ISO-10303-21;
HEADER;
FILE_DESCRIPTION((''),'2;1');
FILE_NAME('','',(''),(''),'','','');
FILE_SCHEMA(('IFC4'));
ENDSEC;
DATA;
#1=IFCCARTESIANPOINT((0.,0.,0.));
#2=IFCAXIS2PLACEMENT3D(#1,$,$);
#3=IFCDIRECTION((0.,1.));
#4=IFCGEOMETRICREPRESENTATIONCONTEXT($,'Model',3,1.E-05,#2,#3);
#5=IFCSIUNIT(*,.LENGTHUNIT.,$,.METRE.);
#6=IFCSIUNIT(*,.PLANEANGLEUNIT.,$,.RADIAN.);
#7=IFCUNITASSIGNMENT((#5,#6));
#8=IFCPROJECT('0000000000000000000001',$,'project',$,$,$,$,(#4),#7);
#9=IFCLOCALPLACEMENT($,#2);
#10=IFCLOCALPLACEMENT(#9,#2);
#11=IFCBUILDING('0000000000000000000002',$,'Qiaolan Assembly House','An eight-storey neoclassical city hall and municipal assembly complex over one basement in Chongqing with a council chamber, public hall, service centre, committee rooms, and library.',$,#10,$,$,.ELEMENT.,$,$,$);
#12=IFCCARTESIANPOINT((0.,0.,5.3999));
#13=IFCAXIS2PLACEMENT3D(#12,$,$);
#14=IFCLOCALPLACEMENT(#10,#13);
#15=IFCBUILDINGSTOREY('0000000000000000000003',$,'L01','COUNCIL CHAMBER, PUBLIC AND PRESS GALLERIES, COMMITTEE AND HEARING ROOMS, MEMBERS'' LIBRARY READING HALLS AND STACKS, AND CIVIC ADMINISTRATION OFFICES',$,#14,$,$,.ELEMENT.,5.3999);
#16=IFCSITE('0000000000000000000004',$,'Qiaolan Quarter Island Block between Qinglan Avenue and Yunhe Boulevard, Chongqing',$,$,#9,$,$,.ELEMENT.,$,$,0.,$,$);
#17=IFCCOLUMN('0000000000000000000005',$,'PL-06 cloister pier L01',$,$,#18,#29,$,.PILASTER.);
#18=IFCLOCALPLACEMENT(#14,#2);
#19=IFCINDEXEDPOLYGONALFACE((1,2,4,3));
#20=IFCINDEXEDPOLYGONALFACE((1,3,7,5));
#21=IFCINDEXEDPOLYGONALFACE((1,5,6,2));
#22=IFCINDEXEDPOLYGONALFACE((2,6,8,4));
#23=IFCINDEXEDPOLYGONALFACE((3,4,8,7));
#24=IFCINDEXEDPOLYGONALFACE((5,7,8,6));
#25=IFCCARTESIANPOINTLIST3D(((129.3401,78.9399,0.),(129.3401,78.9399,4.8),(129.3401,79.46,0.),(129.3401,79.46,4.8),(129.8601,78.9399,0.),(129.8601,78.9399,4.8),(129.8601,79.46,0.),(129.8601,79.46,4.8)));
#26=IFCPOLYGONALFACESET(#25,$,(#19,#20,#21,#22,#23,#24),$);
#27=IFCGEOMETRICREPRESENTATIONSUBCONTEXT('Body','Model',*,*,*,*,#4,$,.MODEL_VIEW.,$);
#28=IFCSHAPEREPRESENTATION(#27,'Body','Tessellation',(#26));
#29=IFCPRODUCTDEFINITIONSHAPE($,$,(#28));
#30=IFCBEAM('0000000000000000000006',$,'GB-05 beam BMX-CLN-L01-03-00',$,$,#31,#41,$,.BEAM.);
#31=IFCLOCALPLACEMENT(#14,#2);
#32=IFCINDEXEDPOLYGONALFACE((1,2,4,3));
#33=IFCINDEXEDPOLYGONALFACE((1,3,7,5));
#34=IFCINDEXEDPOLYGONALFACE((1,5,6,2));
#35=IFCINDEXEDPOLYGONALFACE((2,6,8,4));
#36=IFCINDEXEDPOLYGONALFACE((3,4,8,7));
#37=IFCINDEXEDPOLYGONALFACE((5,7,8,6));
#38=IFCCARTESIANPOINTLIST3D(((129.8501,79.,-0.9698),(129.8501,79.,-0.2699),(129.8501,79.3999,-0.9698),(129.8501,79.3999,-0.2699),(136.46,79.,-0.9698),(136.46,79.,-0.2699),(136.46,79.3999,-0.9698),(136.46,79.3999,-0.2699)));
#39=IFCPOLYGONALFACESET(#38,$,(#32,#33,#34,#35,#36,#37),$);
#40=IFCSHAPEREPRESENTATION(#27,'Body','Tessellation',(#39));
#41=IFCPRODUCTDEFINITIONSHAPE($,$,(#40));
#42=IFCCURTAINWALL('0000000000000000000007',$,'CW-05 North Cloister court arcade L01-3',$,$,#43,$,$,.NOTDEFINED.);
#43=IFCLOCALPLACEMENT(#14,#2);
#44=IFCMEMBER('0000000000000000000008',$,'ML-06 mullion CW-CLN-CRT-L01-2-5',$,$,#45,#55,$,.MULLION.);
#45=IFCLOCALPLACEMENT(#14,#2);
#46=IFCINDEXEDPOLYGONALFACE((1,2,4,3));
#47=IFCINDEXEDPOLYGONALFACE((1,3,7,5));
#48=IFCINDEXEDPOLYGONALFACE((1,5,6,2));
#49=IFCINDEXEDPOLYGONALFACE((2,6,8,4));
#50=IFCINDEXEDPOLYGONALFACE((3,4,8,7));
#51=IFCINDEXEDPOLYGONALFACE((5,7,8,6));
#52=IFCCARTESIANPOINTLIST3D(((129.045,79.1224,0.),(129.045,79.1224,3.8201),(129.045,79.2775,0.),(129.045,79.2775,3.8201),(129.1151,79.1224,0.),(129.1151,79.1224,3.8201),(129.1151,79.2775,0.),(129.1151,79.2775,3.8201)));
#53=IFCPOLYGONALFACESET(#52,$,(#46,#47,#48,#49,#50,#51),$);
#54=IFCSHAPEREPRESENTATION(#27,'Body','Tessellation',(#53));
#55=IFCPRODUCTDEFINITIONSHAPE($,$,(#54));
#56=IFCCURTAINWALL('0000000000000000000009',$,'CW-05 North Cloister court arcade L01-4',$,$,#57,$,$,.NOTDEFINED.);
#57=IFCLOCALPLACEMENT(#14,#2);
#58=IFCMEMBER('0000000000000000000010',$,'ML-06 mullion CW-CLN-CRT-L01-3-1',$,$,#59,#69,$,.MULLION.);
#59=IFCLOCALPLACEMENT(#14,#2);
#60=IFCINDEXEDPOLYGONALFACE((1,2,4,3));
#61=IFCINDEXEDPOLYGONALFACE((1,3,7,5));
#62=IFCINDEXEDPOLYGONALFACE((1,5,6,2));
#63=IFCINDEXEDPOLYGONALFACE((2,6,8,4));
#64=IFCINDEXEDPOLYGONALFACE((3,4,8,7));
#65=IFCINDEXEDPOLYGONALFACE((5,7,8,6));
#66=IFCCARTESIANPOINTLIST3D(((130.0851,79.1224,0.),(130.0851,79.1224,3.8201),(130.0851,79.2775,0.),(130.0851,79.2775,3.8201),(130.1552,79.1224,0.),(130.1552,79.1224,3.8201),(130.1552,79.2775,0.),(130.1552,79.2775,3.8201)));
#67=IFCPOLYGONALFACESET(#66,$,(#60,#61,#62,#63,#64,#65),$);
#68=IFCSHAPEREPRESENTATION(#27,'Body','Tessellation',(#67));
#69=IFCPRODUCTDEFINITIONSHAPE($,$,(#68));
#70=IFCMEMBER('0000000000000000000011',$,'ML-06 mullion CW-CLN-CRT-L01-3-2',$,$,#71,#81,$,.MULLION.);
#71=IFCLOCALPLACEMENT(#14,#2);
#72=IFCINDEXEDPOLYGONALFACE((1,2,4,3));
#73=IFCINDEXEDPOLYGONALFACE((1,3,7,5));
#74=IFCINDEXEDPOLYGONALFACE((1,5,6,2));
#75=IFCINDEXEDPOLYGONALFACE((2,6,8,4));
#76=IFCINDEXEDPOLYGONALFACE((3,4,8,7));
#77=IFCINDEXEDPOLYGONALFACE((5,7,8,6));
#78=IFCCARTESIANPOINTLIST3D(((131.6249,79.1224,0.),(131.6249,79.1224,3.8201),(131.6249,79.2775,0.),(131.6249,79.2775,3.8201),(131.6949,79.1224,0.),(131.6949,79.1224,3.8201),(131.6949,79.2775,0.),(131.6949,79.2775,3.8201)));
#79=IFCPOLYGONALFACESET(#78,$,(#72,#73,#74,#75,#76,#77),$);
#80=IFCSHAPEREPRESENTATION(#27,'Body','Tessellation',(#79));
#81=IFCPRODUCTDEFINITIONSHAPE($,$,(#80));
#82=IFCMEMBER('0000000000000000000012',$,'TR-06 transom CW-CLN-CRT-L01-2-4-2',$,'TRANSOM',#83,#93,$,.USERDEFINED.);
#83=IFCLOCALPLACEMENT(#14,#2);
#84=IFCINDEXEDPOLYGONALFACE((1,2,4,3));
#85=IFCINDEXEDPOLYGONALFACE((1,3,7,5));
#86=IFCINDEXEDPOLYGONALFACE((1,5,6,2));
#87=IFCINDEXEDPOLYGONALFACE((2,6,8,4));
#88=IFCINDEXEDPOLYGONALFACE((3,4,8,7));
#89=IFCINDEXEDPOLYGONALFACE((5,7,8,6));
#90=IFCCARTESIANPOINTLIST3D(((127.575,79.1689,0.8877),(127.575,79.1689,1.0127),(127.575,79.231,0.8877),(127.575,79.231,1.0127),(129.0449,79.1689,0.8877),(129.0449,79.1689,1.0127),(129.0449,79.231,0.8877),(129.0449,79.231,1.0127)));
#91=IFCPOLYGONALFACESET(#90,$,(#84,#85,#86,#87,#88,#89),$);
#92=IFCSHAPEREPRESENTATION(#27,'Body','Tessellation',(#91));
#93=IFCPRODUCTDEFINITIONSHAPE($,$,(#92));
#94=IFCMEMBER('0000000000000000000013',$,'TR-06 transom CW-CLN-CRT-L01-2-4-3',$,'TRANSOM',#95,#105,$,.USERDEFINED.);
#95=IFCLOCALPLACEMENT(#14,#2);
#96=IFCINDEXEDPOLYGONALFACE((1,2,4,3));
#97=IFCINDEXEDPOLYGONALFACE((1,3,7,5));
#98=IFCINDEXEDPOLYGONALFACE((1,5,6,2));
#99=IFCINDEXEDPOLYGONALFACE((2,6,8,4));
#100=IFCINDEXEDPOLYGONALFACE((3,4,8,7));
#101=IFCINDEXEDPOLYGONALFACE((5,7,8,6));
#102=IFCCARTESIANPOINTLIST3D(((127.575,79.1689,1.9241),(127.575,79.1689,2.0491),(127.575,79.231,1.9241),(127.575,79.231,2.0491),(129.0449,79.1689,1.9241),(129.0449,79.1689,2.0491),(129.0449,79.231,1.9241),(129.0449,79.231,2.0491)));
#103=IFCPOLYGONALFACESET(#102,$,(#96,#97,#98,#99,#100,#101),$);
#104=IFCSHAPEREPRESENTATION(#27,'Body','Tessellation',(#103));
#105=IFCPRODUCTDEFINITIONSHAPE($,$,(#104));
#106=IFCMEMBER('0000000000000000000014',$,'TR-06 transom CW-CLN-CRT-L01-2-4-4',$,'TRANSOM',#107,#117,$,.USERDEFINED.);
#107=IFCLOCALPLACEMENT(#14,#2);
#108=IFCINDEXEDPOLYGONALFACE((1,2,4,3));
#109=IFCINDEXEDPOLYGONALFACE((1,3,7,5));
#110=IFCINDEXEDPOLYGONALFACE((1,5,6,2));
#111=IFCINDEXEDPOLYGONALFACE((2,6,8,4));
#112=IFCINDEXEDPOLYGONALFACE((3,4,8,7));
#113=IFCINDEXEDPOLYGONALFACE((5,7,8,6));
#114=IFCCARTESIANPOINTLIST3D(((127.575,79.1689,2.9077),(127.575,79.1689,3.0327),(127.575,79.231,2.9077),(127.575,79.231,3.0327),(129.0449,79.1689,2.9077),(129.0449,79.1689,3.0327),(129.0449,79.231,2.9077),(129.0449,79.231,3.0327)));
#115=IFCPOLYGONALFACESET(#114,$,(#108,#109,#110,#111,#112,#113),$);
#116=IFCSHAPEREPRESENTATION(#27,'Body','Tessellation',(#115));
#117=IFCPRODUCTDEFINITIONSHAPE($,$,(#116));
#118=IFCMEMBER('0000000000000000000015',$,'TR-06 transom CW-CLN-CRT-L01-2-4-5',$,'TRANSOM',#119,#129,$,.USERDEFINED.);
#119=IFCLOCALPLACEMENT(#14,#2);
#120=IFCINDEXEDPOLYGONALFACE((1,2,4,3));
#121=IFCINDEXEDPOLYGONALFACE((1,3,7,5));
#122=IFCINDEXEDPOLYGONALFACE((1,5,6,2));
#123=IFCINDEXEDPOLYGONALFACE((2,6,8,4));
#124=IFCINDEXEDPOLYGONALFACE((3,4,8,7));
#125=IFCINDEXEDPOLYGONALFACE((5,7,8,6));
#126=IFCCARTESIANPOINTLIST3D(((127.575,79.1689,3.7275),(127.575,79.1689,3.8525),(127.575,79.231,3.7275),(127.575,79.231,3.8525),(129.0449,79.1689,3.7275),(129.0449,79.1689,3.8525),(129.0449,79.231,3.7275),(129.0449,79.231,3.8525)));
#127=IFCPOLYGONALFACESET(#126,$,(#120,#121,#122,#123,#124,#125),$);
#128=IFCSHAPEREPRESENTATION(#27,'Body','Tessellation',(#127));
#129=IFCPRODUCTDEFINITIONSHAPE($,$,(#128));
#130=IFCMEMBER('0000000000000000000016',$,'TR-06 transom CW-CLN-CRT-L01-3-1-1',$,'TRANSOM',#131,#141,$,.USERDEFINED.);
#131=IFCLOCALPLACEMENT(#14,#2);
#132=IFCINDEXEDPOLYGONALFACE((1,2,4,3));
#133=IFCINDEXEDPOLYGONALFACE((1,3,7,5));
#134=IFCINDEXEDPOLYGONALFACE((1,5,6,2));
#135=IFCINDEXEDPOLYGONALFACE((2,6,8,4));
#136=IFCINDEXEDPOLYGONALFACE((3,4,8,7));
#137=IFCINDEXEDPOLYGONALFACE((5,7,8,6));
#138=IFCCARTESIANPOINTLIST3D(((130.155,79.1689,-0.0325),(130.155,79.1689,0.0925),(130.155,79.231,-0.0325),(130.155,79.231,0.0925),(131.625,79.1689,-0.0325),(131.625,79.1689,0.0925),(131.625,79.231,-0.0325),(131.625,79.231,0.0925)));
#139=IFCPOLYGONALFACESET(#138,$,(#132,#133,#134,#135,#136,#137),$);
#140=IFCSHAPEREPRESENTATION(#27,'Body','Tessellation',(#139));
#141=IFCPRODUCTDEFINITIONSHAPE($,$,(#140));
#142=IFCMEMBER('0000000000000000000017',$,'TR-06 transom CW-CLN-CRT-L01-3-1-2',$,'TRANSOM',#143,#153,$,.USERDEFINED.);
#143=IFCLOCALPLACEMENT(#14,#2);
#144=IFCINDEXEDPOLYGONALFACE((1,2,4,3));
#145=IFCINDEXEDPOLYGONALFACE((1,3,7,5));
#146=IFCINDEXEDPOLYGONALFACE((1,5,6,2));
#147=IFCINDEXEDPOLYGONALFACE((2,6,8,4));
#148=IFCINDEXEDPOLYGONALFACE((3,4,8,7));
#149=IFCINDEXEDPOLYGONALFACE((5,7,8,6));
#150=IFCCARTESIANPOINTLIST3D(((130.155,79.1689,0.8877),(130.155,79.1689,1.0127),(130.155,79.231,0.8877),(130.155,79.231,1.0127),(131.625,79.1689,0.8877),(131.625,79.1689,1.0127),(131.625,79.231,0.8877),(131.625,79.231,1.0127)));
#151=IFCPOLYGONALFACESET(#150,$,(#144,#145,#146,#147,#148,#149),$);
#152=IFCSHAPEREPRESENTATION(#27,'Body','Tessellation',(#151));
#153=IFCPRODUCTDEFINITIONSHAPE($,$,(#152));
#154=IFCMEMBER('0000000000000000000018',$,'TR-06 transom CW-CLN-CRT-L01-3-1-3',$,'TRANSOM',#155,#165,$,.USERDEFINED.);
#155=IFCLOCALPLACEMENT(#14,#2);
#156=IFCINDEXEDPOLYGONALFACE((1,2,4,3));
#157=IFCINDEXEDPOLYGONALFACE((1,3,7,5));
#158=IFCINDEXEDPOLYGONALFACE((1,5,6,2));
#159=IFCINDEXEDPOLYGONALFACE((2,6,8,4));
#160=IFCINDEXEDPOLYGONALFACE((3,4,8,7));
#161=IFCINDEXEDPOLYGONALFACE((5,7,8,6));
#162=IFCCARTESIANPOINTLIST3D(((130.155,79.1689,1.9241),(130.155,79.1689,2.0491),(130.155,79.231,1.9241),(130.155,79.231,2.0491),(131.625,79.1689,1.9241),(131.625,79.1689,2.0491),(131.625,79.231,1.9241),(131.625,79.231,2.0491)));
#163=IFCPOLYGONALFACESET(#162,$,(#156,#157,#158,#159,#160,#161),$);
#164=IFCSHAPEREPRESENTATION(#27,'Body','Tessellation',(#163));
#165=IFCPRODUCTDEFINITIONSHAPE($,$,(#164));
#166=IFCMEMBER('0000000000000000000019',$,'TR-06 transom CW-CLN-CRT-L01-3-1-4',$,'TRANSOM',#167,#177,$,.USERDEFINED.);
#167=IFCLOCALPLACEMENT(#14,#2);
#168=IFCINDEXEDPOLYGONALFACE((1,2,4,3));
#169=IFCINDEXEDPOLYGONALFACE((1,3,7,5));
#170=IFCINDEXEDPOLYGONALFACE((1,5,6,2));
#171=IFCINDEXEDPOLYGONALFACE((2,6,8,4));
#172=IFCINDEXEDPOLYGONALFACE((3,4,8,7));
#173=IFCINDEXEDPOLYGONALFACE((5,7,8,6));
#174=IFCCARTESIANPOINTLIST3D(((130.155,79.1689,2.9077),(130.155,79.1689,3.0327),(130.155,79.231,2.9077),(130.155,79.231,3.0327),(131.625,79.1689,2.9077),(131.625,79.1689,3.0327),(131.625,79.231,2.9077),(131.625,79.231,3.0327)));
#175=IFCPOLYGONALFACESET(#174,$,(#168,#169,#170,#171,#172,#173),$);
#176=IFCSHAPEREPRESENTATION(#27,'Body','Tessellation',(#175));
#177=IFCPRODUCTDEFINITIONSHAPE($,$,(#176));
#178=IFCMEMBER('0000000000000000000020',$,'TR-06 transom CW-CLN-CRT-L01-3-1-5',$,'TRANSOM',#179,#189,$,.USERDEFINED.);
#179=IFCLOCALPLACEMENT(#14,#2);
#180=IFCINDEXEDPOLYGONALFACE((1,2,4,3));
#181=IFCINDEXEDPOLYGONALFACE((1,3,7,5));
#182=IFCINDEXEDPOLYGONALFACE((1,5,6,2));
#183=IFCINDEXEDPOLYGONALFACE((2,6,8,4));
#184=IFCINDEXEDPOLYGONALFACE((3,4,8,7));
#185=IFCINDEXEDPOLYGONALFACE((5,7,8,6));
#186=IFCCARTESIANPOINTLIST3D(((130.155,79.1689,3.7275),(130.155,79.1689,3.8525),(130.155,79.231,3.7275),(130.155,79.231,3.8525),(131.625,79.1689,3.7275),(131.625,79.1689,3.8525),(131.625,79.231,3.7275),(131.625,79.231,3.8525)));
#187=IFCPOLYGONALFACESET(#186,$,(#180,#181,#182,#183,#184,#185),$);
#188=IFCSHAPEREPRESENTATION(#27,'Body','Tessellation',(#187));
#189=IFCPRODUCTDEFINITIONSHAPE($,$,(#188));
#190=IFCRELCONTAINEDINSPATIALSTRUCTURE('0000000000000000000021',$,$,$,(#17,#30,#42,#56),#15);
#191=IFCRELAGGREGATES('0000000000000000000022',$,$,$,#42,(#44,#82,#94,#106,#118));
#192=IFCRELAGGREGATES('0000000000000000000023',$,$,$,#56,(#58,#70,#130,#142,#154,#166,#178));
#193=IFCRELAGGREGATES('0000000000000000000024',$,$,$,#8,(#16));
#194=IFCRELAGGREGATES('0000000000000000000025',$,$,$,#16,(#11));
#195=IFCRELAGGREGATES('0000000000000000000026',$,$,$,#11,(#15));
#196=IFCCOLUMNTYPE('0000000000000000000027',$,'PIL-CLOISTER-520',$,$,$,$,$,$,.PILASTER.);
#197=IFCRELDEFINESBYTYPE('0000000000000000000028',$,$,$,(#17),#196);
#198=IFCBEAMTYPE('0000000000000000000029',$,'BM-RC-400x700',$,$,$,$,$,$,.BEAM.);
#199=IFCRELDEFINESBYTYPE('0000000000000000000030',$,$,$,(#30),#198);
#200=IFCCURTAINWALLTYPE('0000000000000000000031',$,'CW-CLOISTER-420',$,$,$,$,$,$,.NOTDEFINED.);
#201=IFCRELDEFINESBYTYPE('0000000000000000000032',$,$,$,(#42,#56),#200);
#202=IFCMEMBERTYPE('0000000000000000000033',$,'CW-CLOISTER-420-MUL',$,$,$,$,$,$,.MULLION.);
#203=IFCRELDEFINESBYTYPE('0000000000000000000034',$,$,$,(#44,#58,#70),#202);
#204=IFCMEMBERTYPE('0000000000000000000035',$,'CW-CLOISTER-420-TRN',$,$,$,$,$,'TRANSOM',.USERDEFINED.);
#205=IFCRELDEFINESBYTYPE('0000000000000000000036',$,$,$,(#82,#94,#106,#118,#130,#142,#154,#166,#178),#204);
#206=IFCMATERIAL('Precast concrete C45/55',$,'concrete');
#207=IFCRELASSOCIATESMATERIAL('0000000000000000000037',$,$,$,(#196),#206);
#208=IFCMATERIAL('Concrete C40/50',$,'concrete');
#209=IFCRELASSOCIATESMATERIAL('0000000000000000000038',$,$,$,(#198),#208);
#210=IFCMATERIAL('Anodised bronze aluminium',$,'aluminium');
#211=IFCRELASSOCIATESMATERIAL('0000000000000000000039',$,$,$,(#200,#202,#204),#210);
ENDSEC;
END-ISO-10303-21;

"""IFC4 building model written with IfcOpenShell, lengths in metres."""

from ifc_helpers import new_model, si_unit, direction, frame, origin, origin_2d, place, context, subcontext, project, spatial, rectangle, extrude, material, material_profile, profile_set, type_object, element, aggregate, save


model = new_model("IFC4")

# Units and contexts
model_context = context("Model", 3, precision=1e-05, world=origin(), true_north=direction((0.0, 1.0)))
body_context = subcontext(model_context, "Body", "Model", "MODEL_VIEW")
ifc_project = project(units=[si_unit("LENGTHUNIT", "METRE"), si_unit("PLANEANGLEUNIT", "RADIAN")], contexts=[model_context])

# Site, building, storey
site_placement = place(None, origin())
site = spatial("IfcSite", under=ifc_project, at=site_placement, Name="Qiaolan Quarter Island Block between Qinglan Avenue and Yunhe Boulevard, Chongqing", CompositionType="ELEMENT", RefElevation=0.0)
building_placement = place(site_placement, origin())
building = spatial("IfcBuilding", under=site, at=building_placement, Name="Qiaolan Assembly House", Description="An eight-storey neoclassical city hall and municipal assembly complex over one basement in Chongqing with a council chamber, public hall, service centre, committee rooms, and library.", CompositionType="ELEMENT")
storey_placement = place(building_placement, frame((0.0, 0.0, 5.3999)))
storey = spatial("IfcBuildingStorey", under=building, at=storey_placement, Name="L01", Description="COUNCIL CHAMBER, PUBLIC AND PRESS GALLERIES, COMMITTEE AND HEARING ROOMS, MEMBERS' LIBRARY READING HALLS AND STACKS, AND CIVIC ADMINISTRATION OFFICES", CompositionType="ELEMENT", Elevation=5.3999)

# Column
ifc_material_1 = material(Name="Precast concrete C45/55", Category="concrete")
ifc_material_profile_1 = material_profile(ifc_material_1, rectangle(XDim=0.52, YDim=0.52, at=origin_2d()), Name="PIL 520x520")
ifc_profile_set_1 = profile_set([ifc_material_profile_1], Name="Precast concrete C45/55")
column_type = type_object("IfcColumnType", Name="PIL-CLOISTER-520", PredefinedType="PILASTER", material=ifc_profile_set_1)
column_placement = place(storey_placement, frame((129.6001, 79.2, 0.0), z_axis=(0.0, 0.0, 1.0), x_axis=(1.0, 0.0, 0.0)))
element("IfcColumn", 1, at=column_placement, inside=storey, type_object=column_type, Name="PL-06 cloister pier L01", PredefinedType="PILASTER", context=body_context, shape_type="SweptSolid", body=[
    extrude(rectangle(XDim=0.52, YDim=0.52, at=origin_2d()), origin(), (0.0, 0.0, 1.0), 4.8),
])

# Beam
ifc_material_2 = material(Name="Concrete C40/50", Category="concrete")
ifc_material_profile_2 = material_profile(ifc_material_2, rectangle(XDim=0.3999, YDim=0.7, at=origin_2d()), Name="RCB 400x700")
ifc_profile_set_2 = profile_set([ifc_material_profile_2], Name="Concrete C40/50")
beam_type = type_object("IfcBeamType", Name="BM-RC-400x700", PredefinedType="BEAM", material=ifc_profile_set_2)
beam_placement = place(storey_placement, frame((129.8501, 79.2, -0.6199), z_axis=(1.0, 0.0, 0.0), x_axis=(0.0, 1.0, 0.0)))
element("IfcBeam", 2, at=beam_placement, inside=storey, type_object=beam_type, Name="GB-05 beam BMX-CLN-L01-03-00", PredefinedType="BEAM", context=body_context, shape_type="SweptSolid", body=[
    extrude(rectangle(XDim=0.3999, YDim=0.7, at=origin_2d()), origin(), (0.0, 0.0, 1.0), 6.6099),
])

# Curtain wall, member
ifc_material_3 = material(Name="Anodised bronze aluminium", Category="aluminium")
curtain_wall_type = type_object("IfcCurtainWallType", Name="CW-CLOISTER-420", PredefinedType="NOTDEFINED", material=ifc_material_3)
curtain_wall_1_placement = place(storey_placement, origin())
curtain_wall_1 = element("IfcCurtainWall", 3, at=curtain_wall_1_placement, inside=storey, type_object=curtain_wall_type, Name="CW-05 North Cloister court arcade L01-3", PredefinedType="NOTDEFINED")
ifc_material_profile_3 = material_profile(ifc_material_3, rectangle(XDim=0.0701, YDim=0.155, at=origin_2d()), Name="MUL 70x155")
ifc_profile_set_3 = profile_set([ifc_material_profile_3], Name="Anodised bronze aluminium")
member_type_1 = type_object("IfcMemberType", Name="CW-CLOISTER-420-MUL", PredefinedType="MULLION", material=ifc_profile_set_3)
member_1_placement = place(storey_placement, frame((129.0801, 79.2, 0.0), z_axis=(0.0, 0.0, 1.0), x_axis=(1.0, 0.0, 0.0)))
member_1 = element("IfcMember", 4, at=member_1_placement, type_object=member_type_1, Name="ML-06 mullion CW-CLN-CRT-L01-2-5", PredefinedType="MULLION", context=body_context, shape_type="SweptSolid", body=[
    extrude(rectangle(XDim=0.0701, YDim=0.155, at=origin_2d()), origin(), (0.0, 0.0, 1.0), 3.8201),
])

# Curtain wall, members
curtain_wall_2_placement = place(storey_placement, origin())
curtain_wall_2 = element("IfcCurtainWall", 5, at=curtain_wall_2_placement, inside=storey, type_object=curtain_wall_type, Name="CW-05 North Cloister court arcade L01-4", PredefinedType="NOTDEFINED")
member_2_placement = place(storey_placement, frame((130.1201, 79.2, 0.0), z_axis=(0.0, 0.0, 1.0), x_axis=(1.0, 0.0, 0.0)))
member_2 = element("IfcMember", 6, at=member_2_placement, type_object=member_type_1, Name="ML-06 mullion CW-CLN-CRT-L01-3-1", PredefinedType="MULLION", context=body_context, shape_type="SweptSolid", body=[
    extrude(rectangle(XDim=0.0701, YDim=0.155, at=origin_2d()), origin(), (0.0, 0.0, 1.0), 3.8201),
])
member_3_placement = place(storey_placement, frame((131.6599, 79.2, 0.0), z_axis=(0.0, 0.0, 1.0), x_axis=(1.0, 0.0, 0.0)))
member_3 = element("IfcMember", 7, at=member_3_placement, type_object=member_type_1, Name="ML-06 mullion CW-CLN-CRT-L01-3-2", PredefinedType="MULLION", context=body_context, shape_type="SweptSolid", body=[
    extrude(rectangle(XDim=0.0701, YDim=0.155, at=origin_2d()), origin(), (0.0, 0.0, 1.0), 3.8201),
])

# Members
ifc_material_profile_4 = material_profile(ifc_material_3, rectangle(XDim=0.062, YDim=0.125, at=origin_2d()), Name="TRN 62x125")
ifc_profile_set_4 = profile_set([ifc_material_profile_4], Name="Anodised bronze aluminium")
member_type_2 = type_object("IfcMemberType", Name="CW-CLOISTER-420-TRN", ElementType="TRANSOM", PredefinedType="USERDEFINED", material=ifc_profile_set_4)
member_4_placement = place(storey_placement, frame((127.575, 79.2, 0.9502), z_axis=(1.0, 0.0, 0.0), x_axis=(0.0, 1.0, 0.0)))
member_4 = element("IfcMember", 8, at=member_4_placement, type_object=member_type_2, Name="TR-06 transom CW-CLN-CRT-L01-2-4-2", ObjectType="TRANSOM", PredefinedType="USERDEFINED", context=body_context, shape_type="SweptSolid", body=[
    extrude(rectangle(XDim=0.062, YDim=0.125, at=origin_2d()), origin(), (0.0, 0.0, 1.0), 1.47),
])
member_5_placement = place(storey_placement, frame((127.575, 79.2, 1.9866), z_axis=(1.0, 0.0, 0.0), x_axis=(0.0, 1.0, 0.0)))
member_5 = element("IfcMember", 9, at=member_5_placement, type_object=member_type_2, Name="TR-06 transom CW-CLN-CRT-L01-2-4-3", ObjectType="TRANSOM", PredefinedType="USERDEFINED", context=body_context, shape_type="SweptSolid", body=[
    extrude(rectangle(XDim=0.062, YDim=0.125, at=origin_2d()), origin(), (0.0, 0.0, 1.0), 1.47),
])
member_6_placement = place(storey_placement, frame((127.575, 79.2, 2.9702), z_axis=(1.0, 0.0, 0.0), x_axis=(0.0, 1.0, 0.0)))
member_6 = element("IfcMember", 10, at=member_6_placement, type_object=member_type_2, Name="TR-06 transom CW-CLN-CRT-L01-2-4-4", ObjectType="TRANSOM", PredefinedType="USERDEFINED", context=body_context, shape_type="SweptSolid", body=[
    extrude(rectangle(XDim=0.062, YDim=0.125, at=origin_2d()), origin(), (0.0, 0.0, 1.0), 1.47),
])
member_7_placement = place(storey_placement, frame((127.575, 79.2, 3.79), z_axis=(1.0, 0.0, 0.0), x_axis=(0.0, 1.0, 0.0)))
member_7 = element("IfcMember", 11, at=member_7_placement, type_object=member_type_2, Name="TR-06 transom CW-CLN-CRT-L01-2-4-5", ObjectType="TRANSOM", PredefinedType="USERDEFINED", context=body_context, shape_type="SweptSolid", body=[
    extrude(rectangle(XDim=0.062, YDim=0.125, at=origin_2d()), origin(), (0.0, 0.0, 1.0), 1.47),
])
aggregate(curtain_wall_1, [member_1, member_4, member_5, member_6, member_7])
member_8_placement = place(storey_placement, frame((130.155, 79.2, 0.03), z_axis=(1.0, 0.0, 0.0), x_axis=(0.0, 1.0, 0.0)))
member_8 = element("IfcMember", 12, at=member_8_placement, type_object=member_type_2, Name="TR-06 transom CW-CLN-CRT-L01-3-1-1", ObjectType="TRANSOM", PredefinedType="USERDEFINED", context=body_context, shape_type="SweptSolid", body=[
    extrude(rectangle(XDim=0.062, YDim=0.125, at=origin_2d()), origin(), (0.0, 0.0, 1.0), 1.47),
])
member_9_placement = place(storey_placement, frame((130.155, 79.2, 0.9502), z_axis=(1.0, 0.0, 0.0), x_axis=(0.0, 1.0, 0.0)))
member_9 = element("IfcMember", 13, at=member_9_placement, type_object=member_type_2, Name="TR-06 transom CW-CLN-CRT-L01-3-1-2", ObjectType="TRANSOM", PredefinedType="USERDEFINED", context=body_context, shape_type="SweptSolid", body=[
    extrude(rectangle(XDim=0.062, YDim=0.125, at=origin_2d()), origin(), (0.0, 0.0, 1.0), 1.47),
])
member_10_placement = place(storey_placement, frame((130.155, 79.2, 1.9866), z_axis=(1.0, 0.0, 0.0), x_axis=(0.0, 1.0, 0.0)))
member_10 = element("IfcMember", 14, at=member_10_placement, type_object=member_type_2, Name="TR-06 transom CW-CLN-CRT-L01-3-1-3", ObjectType="TRANSOM", PredefinedType="USERDEFINED", context=body_context, shape_type="SweptSolid", body=[
    extrude(rectangle(XDim=0.062, YDim=0.125, at=origin_2d()), origin(), (0.0, 0.0, 1.0), 1.47),
])
member_11_placement = place(storey_placement, frame((130.155, 79.2, 2.9702), z_axis=(1.0, 0.0, 0.0), x_axis=(0.0, 1.0, 0.0)))
member_11 = element("IfcMember", 15, at=member_11_placement, type_object=member_type_2, Name="TR-06 transom CW-CLN-CRT-L01-3-1-4", ObjectType="TRANSOM", PredefinedType="USERDEFINED", context=body_context, shape_type="SweptSolid", body=[
    extrude(rectangle(XDim=0.062, YDim=0.125, at=origin_2d()), origin(), (0.0, 0.0, 1.0), 1.47),
])
member_12_placement = place(storey_placement, frame((130.155, 79.2, 3.79), z_axis=(1.0, 0.0, 0.0), x_axis=(0.0, 1.0, 0.0)))
member_12 = element("IfcMember", 16, at=member_12_placement, type_object=member_type_2, Name="TR-06 transom CW-CLN-CRT-L01-3-1-5", ObjectType="TRANSOM", PredefinedType="USERDEFINED", context=body_context, shape_type="SweptSolid", body=[
    extrude(rectangle(XDim=0.062, YDim=0.125, at=origin_2d()), origin(), (0.0, 0.0, 1.0), 1.47),
])

aggregate(curtain_wall_2, [member_2, member_3, member_8, member_9, member_10, member_11, member_12])

save(model, "model.ifc")
